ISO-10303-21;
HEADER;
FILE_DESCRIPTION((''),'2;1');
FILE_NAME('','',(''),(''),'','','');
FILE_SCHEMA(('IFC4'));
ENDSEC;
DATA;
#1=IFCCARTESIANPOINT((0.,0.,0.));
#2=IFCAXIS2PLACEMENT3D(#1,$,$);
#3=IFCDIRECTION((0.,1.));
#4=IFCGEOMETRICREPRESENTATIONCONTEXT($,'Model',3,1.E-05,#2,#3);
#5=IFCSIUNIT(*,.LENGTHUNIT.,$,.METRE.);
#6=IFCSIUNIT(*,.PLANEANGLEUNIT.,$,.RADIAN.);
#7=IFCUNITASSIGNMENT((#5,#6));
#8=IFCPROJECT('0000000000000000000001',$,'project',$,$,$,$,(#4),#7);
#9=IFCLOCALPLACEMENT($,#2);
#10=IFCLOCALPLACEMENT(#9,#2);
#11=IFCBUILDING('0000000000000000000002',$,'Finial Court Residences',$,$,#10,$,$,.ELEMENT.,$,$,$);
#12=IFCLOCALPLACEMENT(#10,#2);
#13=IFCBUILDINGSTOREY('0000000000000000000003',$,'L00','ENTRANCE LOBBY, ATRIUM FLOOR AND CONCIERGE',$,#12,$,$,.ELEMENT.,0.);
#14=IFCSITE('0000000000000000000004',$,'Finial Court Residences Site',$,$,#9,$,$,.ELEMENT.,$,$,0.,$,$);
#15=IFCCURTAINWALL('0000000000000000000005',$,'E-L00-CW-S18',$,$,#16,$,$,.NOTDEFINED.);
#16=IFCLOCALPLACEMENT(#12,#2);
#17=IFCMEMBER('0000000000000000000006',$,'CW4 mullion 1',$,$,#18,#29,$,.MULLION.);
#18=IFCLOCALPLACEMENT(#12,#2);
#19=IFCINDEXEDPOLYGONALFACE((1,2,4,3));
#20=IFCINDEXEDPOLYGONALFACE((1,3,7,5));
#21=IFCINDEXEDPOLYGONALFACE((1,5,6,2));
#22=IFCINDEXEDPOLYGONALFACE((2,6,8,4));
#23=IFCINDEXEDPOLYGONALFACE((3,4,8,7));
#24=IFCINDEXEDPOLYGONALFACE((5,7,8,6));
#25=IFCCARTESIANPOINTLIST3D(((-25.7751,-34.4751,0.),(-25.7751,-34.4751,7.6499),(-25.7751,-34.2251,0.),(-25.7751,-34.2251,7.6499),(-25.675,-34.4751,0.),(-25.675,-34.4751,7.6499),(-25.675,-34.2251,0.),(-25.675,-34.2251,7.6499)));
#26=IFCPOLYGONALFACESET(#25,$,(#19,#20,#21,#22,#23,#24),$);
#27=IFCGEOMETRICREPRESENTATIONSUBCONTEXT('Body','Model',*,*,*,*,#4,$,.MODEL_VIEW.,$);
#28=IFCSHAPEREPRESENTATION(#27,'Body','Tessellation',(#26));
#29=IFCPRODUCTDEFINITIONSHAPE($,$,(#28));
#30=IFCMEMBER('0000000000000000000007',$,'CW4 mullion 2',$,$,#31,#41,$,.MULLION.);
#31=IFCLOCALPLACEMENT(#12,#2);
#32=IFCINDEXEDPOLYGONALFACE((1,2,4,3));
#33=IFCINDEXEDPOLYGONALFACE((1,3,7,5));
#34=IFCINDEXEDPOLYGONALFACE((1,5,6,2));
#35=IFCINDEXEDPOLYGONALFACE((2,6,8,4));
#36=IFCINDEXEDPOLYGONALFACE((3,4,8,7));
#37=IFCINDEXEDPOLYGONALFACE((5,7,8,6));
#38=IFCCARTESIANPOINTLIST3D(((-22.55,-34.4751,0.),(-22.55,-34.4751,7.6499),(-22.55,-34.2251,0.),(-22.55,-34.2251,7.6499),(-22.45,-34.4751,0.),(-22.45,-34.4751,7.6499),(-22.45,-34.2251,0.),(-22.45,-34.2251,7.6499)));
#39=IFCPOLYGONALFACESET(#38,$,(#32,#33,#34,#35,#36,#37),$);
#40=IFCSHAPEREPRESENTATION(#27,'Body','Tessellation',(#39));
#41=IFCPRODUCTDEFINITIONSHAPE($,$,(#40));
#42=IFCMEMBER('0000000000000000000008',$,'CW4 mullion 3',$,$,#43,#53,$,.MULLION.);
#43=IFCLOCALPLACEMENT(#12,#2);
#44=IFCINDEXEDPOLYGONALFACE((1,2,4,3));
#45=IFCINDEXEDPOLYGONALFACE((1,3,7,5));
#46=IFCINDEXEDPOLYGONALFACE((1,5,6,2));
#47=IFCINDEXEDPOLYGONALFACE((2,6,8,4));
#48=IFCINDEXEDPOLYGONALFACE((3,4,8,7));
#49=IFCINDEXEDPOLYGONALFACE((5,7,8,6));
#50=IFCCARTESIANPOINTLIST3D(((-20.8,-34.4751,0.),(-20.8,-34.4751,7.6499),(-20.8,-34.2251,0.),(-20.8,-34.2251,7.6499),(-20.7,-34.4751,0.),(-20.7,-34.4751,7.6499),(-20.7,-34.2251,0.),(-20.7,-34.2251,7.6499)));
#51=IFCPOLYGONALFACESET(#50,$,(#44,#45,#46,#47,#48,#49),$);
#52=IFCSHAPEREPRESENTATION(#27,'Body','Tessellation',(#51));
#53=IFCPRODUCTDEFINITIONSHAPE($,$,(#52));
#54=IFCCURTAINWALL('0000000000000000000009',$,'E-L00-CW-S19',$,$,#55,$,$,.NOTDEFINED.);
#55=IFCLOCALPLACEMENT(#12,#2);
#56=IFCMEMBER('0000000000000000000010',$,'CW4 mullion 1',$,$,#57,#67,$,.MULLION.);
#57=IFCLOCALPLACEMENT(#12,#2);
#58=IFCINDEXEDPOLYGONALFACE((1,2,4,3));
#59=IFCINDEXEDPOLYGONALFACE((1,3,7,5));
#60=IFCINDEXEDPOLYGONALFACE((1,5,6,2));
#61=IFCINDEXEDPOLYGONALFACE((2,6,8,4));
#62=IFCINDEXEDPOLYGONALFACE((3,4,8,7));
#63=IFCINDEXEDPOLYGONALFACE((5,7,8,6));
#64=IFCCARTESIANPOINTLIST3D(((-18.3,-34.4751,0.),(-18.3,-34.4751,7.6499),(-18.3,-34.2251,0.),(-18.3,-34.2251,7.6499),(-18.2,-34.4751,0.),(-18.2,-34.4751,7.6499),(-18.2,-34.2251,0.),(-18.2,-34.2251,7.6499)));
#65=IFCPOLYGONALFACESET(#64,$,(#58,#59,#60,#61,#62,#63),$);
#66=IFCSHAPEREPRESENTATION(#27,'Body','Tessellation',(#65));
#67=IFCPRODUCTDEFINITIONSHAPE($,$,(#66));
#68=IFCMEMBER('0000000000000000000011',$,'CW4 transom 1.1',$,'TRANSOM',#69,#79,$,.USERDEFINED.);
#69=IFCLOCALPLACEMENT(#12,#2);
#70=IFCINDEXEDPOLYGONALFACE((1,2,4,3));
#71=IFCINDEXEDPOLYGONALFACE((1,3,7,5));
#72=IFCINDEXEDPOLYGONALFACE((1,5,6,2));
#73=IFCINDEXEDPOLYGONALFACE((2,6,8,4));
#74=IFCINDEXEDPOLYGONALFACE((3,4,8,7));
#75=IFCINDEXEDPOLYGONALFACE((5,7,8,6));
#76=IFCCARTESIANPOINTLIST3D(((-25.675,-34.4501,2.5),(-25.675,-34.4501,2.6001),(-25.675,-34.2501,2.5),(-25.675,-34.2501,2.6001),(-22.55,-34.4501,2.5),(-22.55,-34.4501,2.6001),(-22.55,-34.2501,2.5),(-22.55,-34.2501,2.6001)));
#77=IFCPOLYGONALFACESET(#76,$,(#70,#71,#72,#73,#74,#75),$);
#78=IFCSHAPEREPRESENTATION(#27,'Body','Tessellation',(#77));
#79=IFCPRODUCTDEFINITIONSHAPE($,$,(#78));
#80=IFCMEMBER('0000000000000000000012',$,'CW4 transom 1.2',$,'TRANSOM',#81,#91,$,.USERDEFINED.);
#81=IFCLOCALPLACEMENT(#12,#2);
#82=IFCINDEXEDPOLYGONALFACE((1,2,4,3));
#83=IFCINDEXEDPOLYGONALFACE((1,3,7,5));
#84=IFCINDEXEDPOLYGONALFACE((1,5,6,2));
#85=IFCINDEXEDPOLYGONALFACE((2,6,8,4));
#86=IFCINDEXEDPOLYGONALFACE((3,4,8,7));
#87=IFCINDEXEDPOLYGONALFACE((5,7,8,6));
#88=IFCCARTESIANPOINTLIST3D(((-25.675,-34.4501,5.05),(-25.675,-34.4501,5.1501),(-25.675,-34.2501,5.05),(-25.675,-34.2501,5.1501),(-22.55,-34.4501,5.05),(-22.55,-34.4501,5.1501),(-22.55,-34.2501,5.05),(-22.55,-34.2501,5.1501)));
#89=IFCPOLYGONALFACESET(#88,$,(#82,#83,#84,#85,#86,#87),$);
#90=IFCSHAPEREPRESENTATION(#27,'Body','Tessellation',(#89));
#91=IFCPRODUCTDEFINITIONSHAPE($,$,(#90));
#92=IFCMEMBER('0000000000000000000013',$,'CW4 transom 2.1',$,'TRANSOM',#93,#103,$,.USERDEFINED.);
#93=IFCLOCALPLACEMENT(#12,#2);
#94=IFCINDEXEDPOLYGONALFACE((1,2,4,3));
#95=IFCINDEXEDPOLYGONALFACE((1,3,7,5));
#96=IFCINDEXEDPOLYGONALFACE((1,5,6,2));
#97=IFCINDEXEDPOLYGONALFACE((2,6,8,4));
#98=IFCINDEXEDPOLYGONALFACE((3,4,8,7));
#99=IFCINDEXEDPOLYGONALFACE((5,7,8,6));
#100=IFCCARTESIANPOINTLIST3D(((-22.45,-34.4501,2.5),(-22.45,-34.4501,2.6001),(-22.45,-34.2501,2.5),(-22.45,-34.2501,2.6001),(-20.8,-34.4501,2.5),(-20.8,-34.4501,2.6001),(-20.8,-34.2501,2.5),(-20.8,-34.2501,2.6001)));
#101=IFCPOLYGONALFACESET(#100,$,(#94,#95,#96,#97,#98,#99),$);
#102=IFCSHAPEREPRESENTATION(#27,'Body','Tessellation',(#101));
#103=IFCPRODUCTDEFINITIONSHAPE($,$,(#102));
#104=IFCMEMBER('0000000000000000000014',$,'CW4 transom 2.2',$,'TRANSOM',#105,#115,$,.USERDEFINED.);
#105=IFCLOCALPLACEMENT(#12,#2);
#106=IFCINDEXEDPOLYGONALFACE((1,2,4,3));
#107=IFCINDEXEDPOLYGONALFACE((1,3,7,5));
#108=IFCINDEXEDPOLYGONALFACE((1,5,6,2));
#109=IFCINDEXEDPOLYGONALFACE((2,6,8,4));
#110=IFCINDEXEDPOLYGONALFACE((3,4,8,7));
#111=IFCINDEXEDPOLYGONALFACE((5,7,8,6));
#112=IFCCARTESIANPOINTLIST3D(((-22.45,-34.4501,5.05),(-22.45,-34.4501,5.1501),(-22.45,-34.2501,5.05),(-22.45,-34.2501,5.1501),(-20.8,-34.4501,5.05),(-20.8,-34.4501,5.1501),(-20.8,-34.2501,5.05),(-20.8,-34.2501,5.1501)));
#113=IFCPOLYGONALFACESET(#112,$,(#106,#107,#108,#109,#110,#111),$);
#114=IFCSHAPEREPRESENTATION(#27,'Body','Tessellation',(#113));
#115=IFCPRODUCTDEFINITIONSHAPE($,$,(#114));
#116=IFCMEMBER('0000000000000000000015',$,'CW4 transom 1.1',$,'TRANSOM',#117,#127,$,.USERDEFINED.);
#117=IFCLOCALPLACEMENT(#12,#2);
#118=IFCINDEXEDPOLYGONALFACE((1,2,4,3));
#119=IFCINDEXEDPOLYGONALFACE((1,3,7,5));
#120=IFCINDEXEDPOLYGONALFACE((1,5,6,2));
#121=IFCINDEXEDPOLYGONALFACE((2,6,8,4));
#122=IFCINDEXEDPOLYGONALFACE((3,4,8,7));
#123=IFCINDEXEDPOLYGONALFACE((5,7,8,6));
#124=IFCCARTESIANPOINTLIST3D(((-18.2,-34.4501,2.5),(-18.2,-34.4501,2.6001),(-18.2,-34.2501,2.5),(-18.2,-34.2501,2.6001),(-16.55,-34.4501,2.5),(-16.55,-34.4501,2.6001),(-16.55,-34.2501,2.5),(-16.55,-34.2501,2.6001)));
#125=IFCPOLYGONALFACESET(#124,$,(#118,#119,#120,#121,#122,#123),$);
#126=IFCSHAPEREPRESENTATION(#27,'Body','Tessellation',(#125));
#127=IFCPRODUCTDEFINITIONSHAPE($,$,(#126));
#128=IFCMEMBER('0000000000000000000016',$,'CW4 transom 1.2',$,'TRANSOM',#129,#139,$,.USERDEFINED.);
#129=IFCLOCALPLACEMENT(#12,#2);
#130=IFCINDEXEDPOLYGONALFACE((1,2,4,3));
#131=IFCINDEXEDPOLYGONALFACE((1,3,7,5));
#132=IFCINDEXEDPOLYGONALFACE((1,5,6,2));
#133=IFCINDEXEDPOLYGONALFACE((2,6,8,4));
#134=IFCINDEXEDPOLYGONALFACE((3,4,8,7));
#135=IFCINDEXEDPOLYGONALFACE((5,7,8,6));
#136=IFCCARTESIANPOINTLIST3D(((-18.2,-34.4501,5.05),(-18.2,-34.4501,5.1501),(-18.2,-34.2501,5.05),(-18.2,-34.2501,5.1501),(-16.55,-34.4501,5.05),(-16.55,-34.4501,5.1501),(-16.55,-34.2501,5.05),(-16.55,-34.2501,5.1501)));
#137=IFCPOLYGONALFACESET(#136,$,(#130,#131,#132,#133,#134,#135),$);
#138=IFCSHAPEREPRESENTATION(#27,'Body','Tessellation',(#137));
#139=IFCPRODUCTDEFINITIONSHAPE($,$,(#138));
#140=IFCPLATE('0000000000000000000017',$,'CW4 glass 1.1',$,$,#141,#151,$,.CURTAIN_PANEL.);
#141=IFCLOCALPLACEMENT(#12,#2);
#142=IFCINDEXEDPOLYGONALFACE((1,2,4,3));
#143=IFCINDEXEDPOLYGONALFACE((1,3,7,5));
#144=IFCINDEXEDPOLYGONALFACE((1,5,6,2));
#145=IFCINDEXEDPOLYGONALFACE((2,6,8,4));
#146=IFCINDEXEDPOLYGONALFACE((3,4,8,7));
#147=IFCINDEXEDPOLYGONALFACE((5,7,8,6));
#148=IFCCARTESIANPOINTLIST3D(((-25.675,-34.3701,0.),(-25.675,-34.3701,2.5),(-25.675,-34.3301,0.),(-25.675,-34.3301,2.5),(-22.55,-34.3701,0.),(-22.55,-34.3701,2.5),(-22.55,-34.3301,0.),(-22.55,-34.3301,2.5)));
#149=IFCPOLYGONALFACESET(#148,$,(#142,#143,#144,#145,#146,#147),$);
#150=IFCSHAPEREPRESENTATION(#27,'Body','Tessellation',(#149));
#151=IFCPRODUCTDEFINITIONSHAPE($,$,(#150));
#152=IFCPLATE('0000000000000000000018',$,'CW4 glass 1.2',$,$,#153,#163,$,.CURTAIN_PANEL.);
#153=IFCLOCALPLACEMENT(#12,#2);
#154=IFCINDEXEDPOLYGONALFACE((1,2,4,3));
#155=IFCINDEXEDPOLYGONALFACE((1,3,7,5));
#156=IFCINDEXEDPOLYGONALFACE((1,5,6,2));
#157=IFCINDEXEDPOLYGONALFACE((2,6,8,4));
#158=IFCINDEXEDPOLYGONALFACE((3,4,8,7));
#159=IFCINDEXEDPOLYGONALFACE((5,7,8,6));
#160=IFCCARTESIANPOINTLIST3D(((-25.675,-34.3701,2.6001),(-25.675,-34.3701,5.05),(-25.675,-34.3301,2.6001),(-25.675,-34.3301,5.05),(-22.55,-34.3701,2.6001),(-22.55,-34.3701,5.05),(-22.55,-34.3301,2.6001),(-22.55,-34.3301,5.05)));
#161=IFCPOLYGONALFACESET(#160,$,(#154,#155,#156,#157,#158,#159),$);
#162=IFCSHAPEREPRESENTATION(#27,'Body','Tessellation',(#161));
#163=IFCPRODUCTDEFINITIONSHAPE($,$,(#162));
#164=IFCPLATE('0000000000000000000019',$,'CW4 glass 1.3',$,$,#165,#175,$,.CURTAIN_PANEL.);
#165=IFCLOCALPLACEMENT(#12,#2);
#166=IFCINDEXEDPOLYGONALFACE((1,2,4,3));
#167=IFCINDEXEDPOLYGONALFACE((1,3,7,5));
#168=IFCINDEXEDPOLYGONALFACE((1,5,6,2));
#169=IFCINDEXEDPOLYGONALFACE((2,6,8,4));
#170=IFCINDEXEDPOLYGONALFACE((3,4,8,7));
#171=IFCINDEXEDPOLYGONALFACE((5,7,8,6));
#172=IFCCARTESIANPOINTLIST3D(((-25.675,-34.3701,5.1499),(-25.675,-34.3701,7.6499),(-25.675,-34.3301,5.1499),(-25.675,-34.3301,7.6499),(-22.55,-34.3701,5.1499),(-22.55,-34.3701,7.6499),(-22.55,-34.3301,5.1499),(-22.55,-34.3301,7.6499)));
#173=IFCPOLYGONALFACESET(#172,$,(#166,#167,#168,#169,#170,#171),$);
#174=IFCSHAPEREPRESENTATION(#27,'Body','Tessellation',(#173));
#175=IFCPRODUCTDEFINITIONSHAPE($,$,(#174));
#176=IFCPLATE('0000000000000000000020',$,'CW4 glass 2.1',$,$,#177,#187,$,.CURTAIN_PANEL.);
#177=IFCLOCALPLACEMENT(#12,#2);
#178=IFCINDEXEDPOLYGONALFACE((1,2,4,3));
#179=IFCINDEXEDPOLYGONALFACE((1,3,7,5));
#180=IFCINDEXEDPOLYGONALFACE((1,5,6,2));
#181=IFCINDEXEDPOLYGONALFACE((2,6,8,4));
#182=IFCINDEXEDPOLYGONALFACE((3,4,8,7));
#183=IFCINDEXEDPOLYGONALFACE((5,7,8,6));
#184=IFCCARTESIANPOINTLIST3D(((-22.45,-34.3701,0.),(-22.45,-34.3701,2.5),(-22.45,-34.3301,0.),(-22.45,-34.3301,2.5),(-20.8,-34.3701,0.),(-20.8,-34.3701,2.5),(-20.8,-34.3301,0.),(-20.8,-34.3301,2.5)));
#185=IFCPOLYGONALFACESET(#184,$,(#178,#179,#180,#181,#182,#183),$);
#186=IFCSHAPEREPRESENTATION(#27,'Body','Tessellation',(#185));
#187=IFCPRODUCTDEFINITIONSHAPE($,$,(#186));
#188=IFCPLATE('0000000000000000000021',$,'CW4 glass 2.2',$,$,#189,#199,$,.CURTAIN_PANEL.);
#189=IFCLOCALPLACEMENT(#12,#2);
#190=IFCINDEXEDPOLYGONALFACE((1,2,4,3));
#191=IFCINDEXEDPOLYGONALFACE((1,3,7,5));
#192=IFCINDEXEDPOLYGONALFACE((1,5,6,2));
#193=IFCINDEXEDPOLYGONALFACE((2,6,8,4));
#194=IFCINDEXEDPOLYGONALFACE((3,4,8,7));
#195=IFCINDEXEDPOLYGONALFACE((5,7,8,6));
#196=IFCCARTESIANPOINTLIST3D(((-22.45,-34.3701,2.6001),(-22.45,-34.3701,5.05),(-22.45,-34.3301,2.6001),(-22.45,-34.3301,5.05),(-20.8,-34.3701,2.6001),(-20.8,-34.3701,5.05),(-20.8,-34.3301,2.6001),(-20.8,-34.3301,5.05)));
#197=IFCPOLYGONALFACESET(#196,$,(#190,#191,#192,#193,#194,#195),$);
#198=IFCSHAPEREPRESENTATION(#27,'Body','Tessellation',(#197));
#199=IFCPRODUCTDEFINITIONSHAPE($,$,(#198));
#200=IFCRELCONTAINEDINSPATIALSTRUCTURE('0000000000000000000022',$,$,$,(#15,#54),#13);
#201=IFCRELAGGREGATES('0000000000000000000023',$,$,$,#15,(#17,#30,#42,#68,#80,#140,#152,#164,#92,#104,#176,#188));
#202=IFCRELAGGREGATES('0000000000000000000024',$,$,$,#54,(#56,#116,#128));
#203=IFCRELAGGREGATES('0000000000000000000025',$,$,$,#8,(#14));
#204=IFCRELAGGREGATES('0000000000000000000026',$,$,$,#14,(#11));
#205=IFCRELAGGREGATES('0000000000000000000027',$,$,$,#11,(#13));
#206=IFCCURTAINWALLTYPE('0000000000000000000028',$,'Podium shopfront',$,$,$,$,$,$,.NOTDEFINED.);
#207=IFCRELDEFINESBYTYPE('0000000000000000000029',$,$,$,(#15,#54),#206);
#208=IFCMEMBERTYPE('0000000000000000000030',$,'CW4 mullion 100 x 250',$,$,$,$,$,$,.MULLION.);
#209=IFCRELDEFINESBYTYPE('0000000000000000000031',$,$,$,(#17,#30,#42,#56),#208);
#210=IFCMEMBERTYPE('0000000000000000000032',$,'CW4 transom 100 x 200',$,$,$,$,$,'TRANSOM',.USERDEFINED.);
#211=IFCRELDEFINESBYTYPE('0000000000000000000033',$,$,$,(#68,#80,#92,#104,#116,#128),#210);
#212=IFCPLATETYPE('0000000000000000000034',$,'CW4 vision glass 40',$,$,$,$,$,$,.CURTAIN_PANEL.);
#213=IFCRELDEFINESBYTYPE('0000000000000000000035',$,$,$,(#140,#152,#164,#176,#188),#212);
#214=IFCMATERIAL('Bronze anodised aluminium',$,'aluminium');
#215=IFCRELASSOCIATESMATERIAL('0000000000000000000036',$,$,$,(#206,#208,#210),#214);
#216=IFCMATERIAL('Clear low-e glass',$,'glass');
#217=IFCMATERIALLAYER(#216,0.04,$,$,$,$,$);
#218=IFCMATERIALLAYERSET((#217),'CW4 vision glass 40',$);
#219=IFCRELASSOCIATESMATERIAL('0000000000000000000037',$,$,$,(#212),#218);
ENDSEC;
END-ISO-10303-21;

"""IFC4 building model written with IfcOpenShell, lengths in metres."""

from ifc_helpers import new_model, si_unit, direction, frame, origin, origin_2d, place, context, subcontext, project, spatial, rectangle, extrude, material, layer, layer_set, material_profile, profile_set, type_object, element, aggregate, save


model = new_model("IFC4")

# Units and contexts
model_context = context("Model", 3, precision=1e-05, world=origin(), true_north=direction((0.0, 1.0)))
body_context = subcontext(model_context, "Body", "Model", "MODEL_VIEW")
ifc_project = project(units=[si_unit("LENGTHUNIT", "METRE"), si_unit("PLANEANGLEUNIT", "RADIAN")], contexts=[model_context])

# Site, building, storey
site_placement = place(None, origin())
site = spatial("IfcSite", under=ifc_project, at=site_placement, Name="Finial Court Residences Site", CompositionType="ELEMENT", RefElevation=0.0)
building_placement = place(site_placement, origin())
building = spatial("IfcBuilding", under=site, at=building_placement, Name="Finial Court Residences", CompositionType="ELEMENT")
storey_placement = place(building_placement, origin())
storey = spatial("IfcBuildingStorey", under=building, at=storey_placement, Name="L00", Description="ENTRANCE LOBBY, ATRIUM FLOOR AND CONCIERGE", CompositionType="ELEMENT", Elevation=0.0)

# Curtain wall, members
ifc_material_1 = material(Name="Bronze anodised aluminium", Category="aluminium")
curtain_wall_type = type_object("IfcCurtainWallType", Name="Podium shopfront", PredefinedType="NOTDEFINED", material=ifc_material_1)
curtain_wall_1_placement = place(storey_placement, origin())
curtain_wall_1 = element("IfcCurtainWall", 1, at=curtain_wall_1_placement, inside=storey, type_object=curtain_wall_type, Name="E-L00-CW-S18", PredefinedType="NOTDEFINED")
ifc_material_profile_1 = material_profile(ifc_material_1, rectangle(XDim=0.25, YDim=0.1001, at=origin_2d()), Name="CW4 mullion 100 x 250")
ifc_profile_set_1 = profile_set([ifc_material_profile_1], Name="Bronze anodised aluminium")
member_type_1 = type_object("IfcMemberType", Name="CW4 mullion 100 x 250", PredefinedType="MULLION", material=ifc_profile_set_1)
member_1_placement = place(storey_placement, frame((-25.7251, -34.3501, 0.0), z_axis=(0.0, 0.0, 1.0), x_axis=(0.0, 1.0, 0.0)))
member_1 = element("IfcMember", 2, at=member_1_placement, type_object=member_type_1, Name="CW4 mullion 1", PredefinedType="MULLION", context=body_context, shape_type="SweptSolid", body=[
    extrude(rectangle(XDim=0.25, YDim=0.1001, at=origin_2d()), origin(), (0.0, 0.0, 1.0), 7.6499),
])
member_2_placement = place(storey_placement, frame((-22.5, -34.3501, 0.0), z_axis=(0.0, 0.0, 1.0), x_axis=(0.0, 1.0, 0.0)))
member_2 = element("IfcMember", 3, at=member_2_placement, type_object=member_type_1, Name="CW4 mullion 2", PredefinedType="MULLION", context=body_context, shape_type="SweptSolid", body=[
    extrude(rectangle(XDim=0.25, YDim=0.1001, at=origin_2d()), origin(), (0.0, 0.0, 1.0), 7.6499),
])
member_3_placement = place(storey_placement, frame((-20.75, -34.3501, 0.0), z_axis=(0.0, 0.0, 1.0), x_axis=(0.0, 1.0, 0.0)))
member_3 = element("IfcMember", 4, at=member_3_placement, type_object=member_type_1, Name="CW4 mullion 3", PredefinedType="MULLION", context=body_context, shape_type="SweptSolid", body=[
    extrude(rectangle(XDim=0.25, YDim=0.1001, at=origin_2d()), origin(), (0.0, 0.0, 1.0), 7.6499),
])

# Curtain wall, member
curtain_wall_2_placement = place(storey_placement, origin())
curtain_wall_2 = element("IfcCurtainWall", 5, at=curtain_wall_2_placement, inside=storey, type_object=curtain_wall_type, Name="E-L00-CW-S19", PredefinedType="NOTDEFINED")
member_4_placement = place(storey_placement, frame((-18.25, -34.3501, 0.0), z_axis=(0.0, 0.0, 1.0), x_axis=(0.0, 1.0, 0.0)))
member_4 = element("IfcMember", 6, at=member_4_placement, type_object=member_type_1, Name="CW4 mullion 1", PredefinedType="MULLION", context=body_context, shape_type="SweptSolid", body=[
    extrude(rectangle(XDim=0.25, YDim=0.1001, at=origin_2d()), origin(), (0.0, 0.0, 1.0), 7.6499),
])

# Members
ifc_material_profile_2 = material_profile(ifc_material_1, rectangle(XDim=0.2, YDim=0.1001, at=origin_2d()), Name="CW4 transom 100 x 200")
ifc_profile_set_2 = profile_set([ifc_material_profile_2], Name="Bronze anodised aluminium")
member_type_2 = type_object("IfcMemberType", Name="CW4 transom 100 x 200", ElementType="TRANSOM", PredefinedType="USERDEFINED", material=ifc_profile_set_2)
member_5_placement = place(storey_placement, frame((-25.675, -34.3501, 2.55), z_axis=(1.0, 0.0, 0.0), x_axis=(0.0, 1.0, 0.0)))
member_5 = element("IfcMember", 7, at=member_5_placement, type_object=member_type_2, Name="CW4 transom 1.1", ObjectType="TRANSOM", PredefinedType="USERDEFINED", context=body_context, shape_type="SweptSolid", body=[
    extrude(rectangle(XDim=0.2, YDim=0.1001, at=origin_2d()), origin(), (0.0, 0.0, 1.0), 3.125),
])
member_6_placement = place(storey_placement, frame((-25.675, -34.3501, 5.1001), z_axis=(1.0, 0.0, 0.0), x_axis=(0.0, 1.0, 0.0)))
member_6 = element("IfcMember", 8, at=member_6_placement, type_object=member_type_2, Name="CW4 transom 1.2", ObjectType="TRANSOM", PredefinedType="USERDEFINED", context=body_context, shape_type="SweptSolid", body=[
    extrude(rectangle(XDim=0.2, YDim=0.1001, at=origin_2d()), origin(), (0.0, 0.0, 1.0), 3.125),
])
member_7_placement = place(storey_placement, frame((-22.45, -34.3501, 2.55), z_axis=(1.0, 0.0, 0.0), x_axis=(0.0, 1.0, 0.0)))
member_7 = element("IfcMember", 9, at=member_7_placement, type_object=member_type_2, Name="CW4 transom 2.1", ObjectType="TRANSOM", PredefinedType="USERDEFINED", context=body_context, shape_type="SweptSolid", body=[
    extrude(rectangle(XDim=0.2, YDim=0.1001, at=origin_2d()), origin(), (0.0, 0.0, 1.0), 1.6499),
])
member_8_placement = place(storey_placement, frame((-22.45, -34.3501, 5.1001), z_axis=(1.0, 0.0, 0.0), x_axis=(0.0, 1.0, 0.0)))
member_8 = element("IfcMember", 10, at=member_8_placement, type_object=member_type_2, Name="CW4 transom 2.2", ObjectType="TRANSOM", PredefinedType="USERDEFINED", context=body_context, shape_type="SweptSolid", body=[
    extrude(rectangle(XDim=0.2, YDim=0.1001, at=origin_2d()), origin(), (0.0, 0.0, 1.0), 1.6499),
])
member_9_placement = place(storey_placement, frame((-18.2, -34.3501, 2.55), z_axis=(1.0, 0.0, 0.0), x_axis=(0.0, 1.0, 0.0)))
member_9 = element("IfcMember", 11, at=member_9_placement, type_object=member_type_2, Name="CW4 transom 1.1", ObjectType="TRANSOM", PredefinedType="USERDEFINED", context=body_context, shape_type="SweptSolid", body=[
    extrude(rectangle(XDim=0.2, YDim=0.1001, at=origin_2d()), origin(), (0.0, 0.0, 1.0), 1.6499),
])
member_10_placement = place(storey_placement, frame((-18.2, -34.3501, 5.1001), z_axis=(1.0, 0.0, 0.0), x_axis=(0.0, 1.0, 0.0)))
member_10 = element("IfcMember", 12, at=member_10_placement, type_object=member_type_2, Name="CW4 transom 1.2", ObjectType="TRANSOM", PredefinedType="USERDEFINED", context=body_context, shape_type="SweptSolid", body=[
    extrude(rectangle(XDim=0.2, YDim=0.1001, at=origin_2d()), origin(), (0.0, 0.0, 1.0), 1.6499),
])

# Plates
ifc_material_2 = material(Name="Clear low-e glass", Category="glass")
ifc_layer_1 = layer(ifc_material_2, 0.04)
ifc_layer_set_1 = layer_set([ifc_layer_1], Name="CW4 vision glass 40")
plate_type = type_object("IfcPlateType", Name="CW4 vision glass 40", PredefinedType="CURTAIN_PANEL", material=ifc_layer_set_1)
plate_1_placement = place(storey_placement, frame((-24.1125, -34.3501, 0.0), z_axis=(0.0, 0.0, 1.0), x_axis=(1.0, 0.0, 0.0)))
plate_1 = element("IfcPlate", 13, at=plate_1_placement, type_object=plate_type, Name="CW4 glass 1.1", PredefinedType="CURTAIN_PANEL", context=body_context, shape_type="SweptSolid", body=[
    extrude(rectangle(XDim=3.125, YDim=0.04, at=origin_2d()), origin(), (0.0, 0.0, 1.0), 2.5),
])
plate_2_placement = place(storey_placement, frame((-24.1125, -34.3501, 2.6001), z_axis=(0.0, 0.0, 1.0), x_axis=(1.0, 0.0, 0.0)))
plate_2 = element("IfcPlate", 14, at=plate_2_placement, type_object=plate_type, Name="CW4 glass 1.2", PredefinedType="CURTAIN_PANEL", context=body_context, shape_type="SweptSolid", body=[
    extrude(rectangle(XDim=3.125, YDim=0.04, at=origin_2d()), origin(), (0.0, 0.0, 1.0), 2.45),
])
plate_3_placement = place(storey_placement, frame((-24.1125, -34.3501, 5.1499), z_axis=(0.0, 0.0, 1.0), x_axis=(1.0, 0.0, 0.0)))
plate_3 = element("IfcPlate", 15, at=plate_3_placement, type_object=plate_type, Name="CW4 glass 1.3", PredefinedType="CURTAIN_PANEL", context=body_context, shape_type="SweptSolid", body=[
    extrude(rectangle(XDim=3.125, YDim=0.04, at=origin_2d()), origin(), (0.0, 0.0, 1.0), 2.5),
])
plate_4_placement = place(storey_placement, frame((-21.625, -34.3501, 0.0), z_axis=(0.0, 0.0, 1.0), x_axis=(1.0, 0.0, 0.0)))
plate_4 = element("IfcPlate", 16, at=plate_4_placement, type_object=plate_type, Name="CW4 glass 2.1", PredefinedType="CURTAIN_PANEL", context=body_context, shape_type="SweptSolid", body=[
    extrude(rectangle(XDim=1.6499, YDim=0.04, at=origin_2d()), origin(), (0.0, 0.0, 1.0), 2.5),
])
plate_5_placement = place(storey_placement, frame((-21.625, -34.3501, 2.6001), z_axis=(0.0, 0.0, 1.0), x_axis=(1.0, 0.0, 0.0)))
plate_5 = element("IfcPlate", 17, at=plate_5_placement, type_object=plate_type, Name="CW4 glass 2.2", PredefinedType="CURTAIN_PANEL", context=body_context, shape_type="SweptSolid", body=[
    extrude(rectangle(XDim=1.6499, YDim=0.04, at=origin_2d()), origin(), (0.0, 0.0, 1.0), 2.45),
])
aggregate(curtain_wall_1, [member_1, member_2, member_3, member_5, member_6, plate_1, plate_2, plate_3, member_7, member_8, plate_4, plate_5])
aggregate(curtain_wall_2, [member_4, member_9, member_10])

save(model, "model.ifc")
